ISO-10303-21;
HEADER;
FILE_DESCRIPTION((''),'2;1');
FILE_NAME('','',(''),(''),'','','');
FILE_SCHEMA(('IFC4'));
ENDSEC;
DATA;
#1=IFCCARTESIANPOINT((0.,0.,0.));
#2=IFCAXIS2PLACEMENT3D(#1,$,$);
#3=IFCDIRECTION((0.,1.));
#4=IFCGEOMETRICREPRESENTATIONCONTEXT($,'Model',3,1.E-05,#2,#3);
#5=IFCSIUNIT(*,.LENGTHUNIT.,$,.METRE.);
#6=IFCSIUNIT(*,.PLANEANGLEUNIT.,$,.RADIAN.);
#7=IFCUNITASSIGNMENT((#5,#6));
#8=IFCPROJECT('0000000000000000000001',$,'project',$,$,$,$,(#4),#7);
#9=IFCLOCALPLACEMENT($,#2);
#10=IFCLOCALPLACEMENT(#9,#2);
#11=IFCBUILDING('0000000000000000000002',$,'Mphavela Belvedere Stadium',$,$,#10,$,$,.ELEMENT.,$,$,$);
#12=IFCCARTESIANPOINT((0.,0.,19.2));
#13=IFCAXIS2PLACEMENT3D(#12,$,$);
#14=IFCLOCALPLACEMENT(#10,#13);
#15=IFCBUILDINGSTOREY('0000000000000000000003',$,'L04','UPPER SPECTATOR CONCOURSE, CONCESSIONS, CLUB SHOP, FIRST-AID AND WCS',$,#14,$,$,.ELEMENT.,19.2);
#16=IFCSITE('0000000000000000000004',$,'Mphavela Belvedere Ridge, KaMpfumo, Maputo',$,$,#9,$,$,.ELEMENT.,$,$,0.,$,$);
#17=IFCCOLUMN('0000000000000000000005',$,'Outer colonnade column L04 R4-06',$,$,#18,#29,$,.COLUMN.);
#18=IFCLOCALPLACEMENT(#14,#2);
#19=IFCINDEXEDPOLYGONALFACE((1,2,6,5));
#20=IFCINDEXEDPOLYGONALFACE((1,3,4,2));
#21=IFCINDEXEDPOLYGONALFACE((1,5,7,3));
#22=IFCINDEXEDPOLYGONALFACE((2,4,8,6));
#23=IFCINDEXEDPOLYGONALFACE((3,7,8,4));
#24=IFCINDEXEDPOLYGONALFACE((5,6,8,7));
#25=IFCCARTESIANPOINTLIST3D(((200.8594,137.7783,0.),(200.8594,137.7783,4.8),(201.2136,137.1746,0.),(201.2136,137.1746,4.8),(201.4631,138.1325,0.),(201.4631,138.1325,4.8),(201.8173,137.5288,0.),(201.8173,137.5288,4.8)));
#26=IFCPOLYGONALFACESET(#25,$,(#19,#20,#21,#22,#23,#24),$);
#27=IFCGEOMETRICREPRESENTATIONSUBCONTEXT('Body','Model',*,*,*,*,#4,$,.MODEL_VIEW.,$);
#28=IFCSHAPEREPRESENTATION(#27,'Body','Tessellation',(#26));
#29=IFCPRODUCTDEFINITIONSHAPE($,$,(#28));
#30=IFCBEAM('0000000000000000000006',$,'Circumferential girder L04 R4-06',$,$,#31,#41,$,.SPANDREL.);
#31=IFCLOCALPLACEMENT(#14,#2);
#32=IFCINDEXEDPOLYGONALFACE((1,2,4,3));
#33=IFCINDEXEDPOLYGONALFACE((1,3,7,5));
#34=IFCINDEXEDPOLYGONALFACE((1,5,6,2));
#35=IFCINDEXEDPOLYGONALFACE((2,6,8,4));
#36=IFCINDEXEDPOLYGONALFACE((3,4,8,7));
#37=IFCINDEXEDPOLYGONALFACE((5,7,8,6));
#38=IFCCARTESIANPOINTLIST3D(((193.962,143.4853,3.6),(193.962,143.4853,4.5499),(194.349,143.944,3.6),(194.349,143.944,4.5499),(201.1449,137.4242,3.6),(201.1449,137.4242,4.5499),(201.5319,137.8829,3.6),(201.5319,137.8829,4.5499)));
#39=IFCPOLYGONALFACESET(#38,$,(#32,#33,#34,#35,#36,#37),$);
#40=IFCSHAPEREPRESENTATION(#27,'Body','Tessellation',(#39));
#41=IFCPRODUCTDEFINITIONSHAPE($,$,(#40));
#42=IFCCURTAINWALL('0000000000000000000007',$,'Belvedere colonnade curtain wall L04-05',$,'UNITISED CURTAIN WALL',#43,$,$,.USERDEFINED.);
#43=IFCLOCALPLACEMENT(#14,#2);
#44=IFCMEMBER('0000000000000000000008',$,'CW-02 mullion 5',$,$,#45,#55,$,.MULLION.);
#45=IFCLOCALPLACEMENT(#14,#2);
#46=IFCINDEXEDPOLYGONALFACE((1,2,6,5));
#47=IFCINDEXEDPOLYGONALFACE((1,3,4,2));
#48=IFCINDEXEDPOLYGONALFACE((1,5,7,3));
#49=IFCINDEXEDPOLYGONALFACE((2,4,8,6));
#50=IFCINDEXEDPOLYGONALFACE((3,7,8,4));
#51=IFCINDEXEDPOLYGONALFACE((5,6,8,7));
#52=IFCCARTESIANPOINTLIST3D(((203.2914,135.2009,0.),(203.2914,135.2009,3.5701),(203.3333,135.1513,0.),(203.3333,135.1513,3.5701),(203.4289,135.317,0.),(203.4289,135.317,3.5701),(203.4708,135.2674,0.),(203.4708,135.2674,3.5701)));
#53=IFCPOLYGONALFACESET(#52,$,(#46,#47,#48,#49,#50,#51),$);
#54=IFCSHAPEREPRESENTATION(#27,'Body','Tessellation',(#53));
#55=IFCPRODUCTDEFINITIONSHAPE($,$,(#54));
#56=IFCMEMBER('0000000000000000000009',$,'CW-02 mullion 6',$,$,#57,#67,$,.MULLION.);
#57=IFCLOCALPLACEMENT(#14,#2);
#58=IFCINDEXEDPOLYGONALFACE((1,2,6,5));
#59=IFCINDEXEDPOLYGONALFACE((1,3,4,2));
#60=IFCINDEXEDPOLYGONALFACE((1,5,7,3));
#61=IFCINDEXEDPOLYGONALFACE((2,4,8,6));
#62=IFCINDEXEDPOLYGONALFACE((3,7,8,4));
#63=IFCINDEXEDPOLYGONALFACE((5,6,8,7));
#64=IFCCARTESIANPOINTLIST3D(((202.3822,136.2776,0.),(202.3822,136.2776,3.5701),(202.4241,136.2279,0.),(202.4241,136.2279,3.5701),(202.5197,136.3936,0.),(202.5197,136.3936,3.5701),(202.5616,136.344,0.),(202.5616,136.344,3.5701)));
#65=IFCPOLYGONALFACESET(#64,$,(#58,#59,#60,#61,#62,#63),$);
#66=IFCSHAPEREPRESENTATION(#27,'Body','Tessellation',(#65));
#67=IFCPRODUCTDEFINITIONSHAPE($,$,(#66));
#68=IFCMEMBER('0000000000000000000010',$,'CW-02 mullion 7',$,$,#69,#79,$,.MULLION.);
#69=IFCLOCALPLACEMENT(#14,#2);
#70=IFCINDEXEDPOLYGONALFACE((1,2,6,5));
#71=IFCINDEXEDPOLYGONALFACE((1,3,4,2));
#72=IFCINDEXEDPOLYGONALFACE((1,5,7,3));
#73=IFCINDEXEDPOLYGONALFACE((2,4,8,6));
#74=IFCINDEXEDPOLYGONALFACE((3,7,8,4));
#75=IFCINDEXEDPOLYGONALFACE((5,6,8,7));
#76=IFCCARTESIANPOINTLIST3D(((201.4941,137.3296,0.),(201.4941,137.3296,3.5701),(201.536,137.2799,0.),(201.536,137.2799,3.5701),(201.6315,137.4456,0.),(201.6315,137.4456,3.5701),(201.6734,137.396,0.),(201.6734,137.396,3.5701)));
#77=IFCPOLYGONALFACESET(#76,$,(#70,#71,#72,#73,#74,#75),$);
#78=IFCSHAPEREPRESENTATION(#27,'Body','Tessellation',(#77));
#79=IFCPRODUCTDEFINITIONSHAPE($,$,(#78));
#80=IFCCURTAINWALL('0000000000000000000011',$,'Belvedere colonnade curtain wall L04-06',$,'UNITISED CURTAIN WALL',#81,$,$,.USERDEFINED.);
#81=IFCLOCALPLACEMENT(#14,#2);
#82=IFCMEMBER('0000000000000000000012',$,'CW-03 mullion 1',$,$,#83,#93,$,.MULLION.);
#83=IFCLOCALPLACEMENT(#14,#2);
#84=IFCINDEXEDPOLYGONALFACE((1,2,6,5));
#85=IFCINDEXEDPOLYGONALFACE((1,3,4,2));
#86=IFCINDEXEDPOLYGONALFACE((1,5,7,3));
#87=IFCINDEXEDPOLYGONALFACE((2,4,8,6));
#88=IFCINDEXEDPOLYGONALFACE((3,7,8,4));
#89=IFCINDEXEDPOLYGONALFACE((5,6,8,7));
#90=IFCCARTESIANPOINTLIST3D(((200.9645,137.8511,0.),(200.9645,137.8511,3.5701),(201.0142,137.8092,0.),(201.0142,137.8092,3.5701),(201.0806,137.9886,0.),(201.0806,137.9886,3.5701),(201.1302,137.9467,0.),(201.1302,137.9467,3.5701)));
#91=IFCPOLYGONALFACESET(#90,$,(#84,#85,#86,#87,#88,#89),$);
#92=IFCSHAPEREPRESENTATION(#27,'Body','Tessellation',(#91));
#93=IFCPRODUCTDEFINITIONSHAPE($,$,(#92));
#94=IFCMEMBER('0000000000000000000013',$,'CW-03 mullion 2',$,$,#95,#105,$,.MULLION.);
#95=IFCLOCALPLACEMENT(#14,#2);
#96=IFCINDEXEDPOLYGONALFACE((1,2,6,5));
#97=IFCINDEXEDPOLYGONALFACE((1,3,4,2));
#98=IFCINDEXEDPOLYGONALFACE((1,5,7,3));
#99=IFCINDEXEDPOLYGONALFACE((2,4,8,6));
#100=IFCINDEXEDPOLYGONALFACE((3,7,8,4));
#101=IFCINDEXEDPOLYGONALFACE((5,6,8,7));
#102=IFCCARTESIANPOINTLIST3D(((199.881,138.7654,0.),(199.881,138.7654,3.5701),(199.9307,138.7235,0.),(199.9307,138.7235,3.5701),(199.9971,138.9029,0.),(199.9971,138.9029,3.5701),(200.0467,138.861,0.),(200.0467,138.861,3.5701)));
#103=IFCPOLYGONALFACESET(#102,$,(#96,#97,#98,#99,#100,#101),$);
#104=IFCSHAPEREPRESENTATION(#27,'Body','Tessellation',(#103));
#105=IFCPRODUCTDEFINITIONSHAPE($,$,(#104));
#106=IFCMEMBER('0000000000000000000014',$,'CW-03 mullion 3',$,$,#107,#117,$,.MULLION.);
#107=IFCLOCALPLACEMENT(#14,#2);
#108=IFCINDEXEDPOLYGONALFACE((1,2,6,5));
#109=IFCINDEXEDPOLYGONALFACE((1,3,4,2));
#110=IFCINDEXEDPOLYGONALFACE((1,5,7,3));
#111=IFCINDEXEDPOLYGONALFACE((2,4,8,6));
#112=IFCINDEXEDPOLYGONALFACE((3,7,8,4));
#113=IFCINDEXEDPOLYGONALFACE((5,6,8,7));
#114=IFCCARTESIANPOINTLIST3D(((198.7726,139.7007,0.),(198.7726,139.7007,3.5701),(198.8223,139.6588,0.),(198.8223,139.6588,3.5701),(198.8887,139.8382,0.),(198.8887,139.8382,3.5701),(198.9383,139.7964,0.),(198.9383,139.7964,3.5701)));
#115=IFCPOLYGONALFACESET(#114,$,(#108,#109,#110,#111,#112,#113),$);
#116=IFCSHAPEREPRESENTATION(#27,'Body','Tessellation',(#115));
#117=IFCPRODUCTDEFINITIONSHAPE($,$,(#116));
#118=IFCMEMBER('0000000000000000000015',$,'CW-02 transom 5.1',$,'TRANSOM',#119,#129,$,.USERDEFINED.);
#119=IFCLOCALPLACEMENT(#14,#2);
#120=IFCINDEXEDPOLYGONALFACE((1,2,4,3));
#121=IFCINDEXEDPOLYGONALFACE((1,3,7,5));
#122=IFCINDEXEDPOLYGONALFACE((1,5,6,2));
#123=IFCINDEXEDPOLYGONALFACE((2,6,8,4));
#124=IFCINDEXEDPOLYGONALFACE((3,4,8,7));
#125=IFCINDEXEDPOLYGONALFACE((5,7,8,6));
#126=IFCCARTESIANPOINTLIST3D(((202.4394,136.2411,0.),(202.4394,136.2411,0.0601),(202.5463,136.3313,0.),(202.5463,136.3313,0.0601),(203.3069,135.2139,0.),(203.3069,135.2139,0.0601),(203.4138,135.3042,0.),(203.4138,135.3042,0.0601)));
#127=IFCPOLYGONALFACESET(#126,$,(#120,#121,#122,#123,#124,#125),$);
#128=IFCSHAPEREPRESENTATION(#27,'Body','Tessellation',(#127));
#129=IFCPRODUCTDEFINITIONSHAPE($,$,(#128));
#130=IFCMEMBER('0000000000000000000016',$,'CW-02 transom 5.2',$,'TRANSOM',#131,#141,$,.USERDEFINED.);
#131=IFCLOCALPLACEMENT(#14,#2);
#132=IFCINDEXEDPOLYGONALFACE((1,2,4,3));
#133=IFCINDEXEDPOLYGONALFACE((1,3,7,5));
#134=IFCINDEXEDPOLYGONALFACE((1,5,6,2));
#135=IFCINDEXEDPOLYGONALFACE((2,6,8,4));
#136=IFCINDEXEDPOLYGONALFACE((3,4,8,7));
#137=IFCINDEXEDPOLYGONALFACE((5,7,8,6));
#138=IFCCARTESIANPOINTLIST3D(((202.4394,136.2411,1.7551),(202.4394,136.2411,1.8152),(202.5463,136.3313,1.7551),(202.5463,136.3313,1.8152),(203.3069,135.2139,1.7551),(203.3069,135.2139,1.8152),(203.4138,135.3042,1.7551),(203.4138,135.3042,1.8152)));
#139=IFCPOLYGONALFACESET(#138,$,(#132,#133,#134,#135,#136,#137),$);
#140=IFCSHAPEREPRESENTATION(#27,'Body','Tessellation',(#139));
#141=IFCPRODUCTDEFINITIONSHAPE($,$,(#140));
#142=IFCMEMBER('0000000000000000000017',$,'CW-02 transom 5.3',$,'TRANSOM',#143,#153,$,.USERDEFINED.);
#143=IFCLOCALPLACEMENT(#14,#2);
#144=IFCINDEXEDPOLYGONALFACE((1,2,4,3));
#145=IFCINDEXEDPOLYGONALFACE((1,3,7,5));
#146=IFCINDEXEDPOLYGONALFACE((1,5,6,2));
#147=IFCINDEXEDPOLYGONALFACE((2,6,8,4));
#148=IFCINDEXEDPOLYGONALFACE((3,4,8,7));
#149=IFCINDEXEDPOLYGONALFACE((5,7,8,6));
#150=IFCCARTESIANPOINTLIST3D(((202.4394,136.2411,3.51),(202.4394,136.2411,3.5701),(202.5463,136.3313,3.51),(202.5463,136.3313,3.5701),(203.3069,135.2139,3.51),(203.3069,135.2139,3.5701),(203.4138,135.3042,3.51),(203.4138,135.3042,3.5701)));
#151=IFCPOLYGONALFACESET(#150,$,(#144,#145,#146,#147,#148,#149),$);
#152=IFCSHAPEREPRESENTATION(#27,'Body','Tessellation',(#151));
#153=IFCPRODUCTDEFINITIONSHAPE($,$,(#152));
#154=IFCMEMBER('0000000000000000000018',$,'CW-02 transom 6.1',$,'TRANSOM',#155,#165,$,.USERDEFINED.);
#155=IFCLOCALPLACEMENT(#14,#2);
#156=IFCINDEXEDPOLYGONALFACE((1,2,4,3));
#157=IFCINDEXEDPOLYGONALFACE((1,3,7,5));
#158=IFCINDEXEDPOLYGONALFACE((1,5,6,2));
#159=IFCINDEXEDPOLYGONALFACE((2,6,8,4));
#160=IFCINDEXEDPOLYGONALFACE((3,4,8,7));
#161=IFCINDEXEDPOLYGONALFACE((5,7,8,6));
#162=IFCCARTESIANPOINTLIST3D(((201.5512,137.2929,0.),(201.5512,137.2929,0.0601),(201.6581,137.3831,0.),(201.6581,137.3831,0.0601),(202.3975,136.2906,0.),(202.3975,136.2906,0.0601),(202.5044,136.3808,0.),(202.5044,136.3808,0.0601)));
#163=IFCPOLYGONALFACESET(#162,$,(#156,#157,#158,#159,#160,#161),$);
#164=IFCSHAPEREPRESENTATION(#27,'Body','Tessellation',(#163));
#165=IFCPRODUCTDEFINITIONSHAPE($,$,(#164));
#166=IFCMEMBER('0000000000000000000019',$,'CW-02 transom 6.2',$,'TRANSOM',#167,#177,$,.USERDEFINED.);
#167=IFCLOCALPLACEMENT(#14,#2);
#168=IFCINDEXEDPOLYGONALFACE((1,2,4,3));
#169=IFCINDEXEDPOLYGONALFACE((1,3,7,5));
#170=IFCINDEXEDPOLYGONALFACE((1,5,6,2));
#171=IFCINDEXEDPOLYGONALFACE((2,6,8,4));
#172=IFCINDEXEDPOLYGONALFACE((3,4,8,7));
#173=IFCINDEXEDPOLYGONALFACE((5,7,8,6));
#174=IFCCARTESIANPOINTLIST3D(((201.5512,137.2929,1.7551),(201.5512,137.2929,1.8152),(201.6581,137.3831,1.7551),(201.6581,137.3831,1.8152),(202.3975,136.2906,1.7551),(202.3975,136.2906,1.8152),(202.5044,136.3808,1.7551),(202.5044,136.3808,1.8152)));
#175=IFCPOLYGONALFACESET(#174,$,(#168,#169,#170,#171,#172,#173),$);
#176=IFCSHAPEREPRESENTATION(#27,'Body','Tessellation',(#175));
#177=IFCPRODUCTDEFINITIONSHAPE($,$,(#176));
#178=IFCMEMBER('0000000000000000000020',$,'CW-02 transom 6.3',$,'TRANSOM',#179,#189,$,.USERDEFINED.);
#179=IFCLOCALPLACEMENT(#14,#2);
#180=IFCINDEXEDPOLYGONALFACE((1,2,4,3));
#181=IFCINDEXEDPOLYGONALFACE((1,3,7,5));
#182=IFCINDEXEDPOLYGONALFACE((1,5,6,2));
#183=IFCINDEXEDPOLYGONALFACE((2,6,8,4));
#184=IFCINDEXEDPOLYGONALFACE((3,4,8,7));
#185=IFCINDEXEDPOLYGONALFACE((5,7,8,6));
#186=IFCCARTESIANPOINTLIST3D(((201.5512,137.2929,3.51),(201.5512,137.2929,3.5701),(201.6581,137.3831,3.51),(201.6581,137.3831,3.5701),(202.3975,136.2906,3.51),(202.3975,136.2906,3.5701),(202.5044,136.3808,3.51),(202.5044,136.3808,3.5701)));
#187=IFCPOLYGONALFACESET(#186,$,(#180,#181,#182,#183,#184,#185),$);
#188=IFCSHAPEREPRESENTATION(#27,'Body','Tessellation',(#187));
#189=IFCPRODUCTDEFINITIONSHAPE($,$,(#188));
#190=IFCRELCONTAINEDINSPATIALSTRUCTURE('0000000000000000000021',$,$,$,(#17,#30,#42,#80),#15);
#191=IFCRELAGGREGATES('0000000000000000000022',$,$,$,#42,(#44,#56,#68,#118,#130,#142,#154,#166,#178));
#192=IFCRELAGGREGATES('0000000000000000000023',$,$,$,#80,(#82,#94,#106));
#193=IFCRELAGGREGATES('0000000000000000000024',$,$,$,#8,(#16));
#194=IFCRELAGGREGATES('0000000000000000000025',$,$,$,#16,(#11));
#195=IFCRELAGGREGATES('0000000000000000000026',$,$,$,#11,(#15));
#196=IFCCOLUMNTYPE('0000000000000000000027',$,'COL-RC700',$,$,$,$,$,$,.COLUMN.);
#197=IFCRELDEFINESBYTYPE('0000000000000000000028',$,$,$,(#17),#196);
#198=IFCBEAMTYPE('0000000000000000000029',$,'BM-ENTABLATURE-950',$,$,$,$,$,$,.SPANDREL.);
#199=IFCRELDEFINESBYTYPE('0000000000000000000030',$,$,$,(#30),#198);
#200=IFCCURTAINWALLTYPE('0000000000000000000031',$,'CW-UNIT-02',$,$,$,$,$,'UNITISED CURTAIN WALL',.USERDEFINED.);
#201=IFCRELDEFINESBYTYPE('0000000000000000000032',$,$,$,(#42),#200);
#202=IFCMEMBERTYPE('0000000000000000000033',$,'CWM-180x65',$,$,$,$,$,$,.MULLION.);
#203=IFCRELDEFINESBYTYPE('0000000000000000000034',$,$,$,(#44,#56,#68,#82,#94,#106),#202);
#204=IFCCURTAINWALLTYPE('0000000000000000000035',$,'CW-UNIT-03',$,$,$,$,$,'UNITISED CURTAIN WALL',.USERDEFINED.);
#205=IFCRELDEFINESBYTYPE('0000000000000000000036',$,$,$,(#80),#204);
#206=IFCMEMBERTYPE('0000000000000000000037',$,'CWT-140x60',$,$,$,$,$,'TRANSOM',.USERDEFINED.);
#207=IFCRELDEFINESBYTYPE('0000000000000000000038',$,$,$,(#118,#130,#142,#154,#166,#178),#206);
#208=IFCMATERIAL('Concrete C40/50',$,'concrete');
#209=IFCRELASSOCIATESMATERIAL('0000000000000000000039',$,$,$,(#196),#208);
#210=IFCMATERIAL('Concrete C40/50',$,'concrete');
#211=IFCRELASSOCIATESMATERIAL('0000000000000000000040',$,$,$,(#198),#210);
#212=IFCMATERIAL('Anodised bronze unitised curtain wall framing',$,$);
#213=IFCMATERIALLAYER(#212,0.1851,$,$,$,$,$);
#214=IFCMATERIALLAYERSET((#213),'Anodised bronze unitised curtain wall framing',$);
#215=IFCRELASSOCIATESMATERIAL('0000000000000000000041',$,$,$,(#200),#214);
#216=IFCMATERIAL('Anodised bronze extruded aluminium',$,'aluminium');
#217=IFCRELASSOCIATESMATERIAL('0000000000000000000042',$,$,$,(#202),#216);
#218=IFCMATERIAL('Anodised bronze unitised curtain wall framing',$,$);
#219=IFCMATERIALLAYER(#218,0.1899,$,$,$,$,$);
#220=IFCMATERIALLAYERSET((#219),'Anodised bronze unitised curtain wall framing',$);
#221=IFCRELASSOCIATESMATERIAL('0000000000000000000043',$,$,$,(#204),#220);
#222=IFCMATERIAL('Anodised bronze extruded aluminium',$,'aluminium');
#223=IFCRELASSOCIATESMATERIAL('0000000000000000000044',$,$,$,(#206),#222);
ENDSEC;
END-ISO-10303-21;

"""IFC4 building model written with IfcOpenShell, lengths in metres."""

from ifc_helpers import new_model, si_unit, direction, frame, origin, origin_2d, place, context, subcontext, project, spatial, rectangle, extrude, material, layer, layer_set, material_profile, profile_set, type_object, element, aggregate, save


model = new_model("IFC4")

# Units and contexts
model_context = context("Model", 3, precision=1e-05, world=origin(), true_north=direction((0.0, 1.0)))
body_context = subcontext(model_context, "Body", "Model", "MODEL_VIEW")
ifc_project = project(units=[si_unit("LENGTHUNIT", "METRE"), si_unit("PLANEANGLEUNIT", "RADIAN")], contexts=[model_context])

# Site, building, storey
site_placement = place(None, origin())
site = spatial("IfcSite", under=ifc_project, at=site_placement, Name="Mphavela Belvedere Ridge, KaMpfumo, Maputo", CompositionType="ELEMENT", RefElevation=0.0)
building_placement = place(site_placement, origin())
building = spatial("IfcBuilding", under=site, at=building_placement, Name="Mphavela Belvedere Stadium", CompositionType="ELEMENT")
storey_placement = place(building_placement, frame((0.0, 0.0, 19.2)))
storey = spatial("IfcBuildingStorey", under=building, at=storey_placement, Name="L04", Description="UPPER SPECTATOR CONCOURSE, CONCESSIONS, CLUB SHOP, FIRST-AID AND WCS", CompositionType="ELEMENT", Elevation=19.2)

# Column
ifc_material_1 = material(Name="Concrete C40/50", Category="concrete")
ifc_material_profile_1 = material_profile(ifc_material_1, rectangle(XDim=0.7, YDim=0.7, at=origin_2d()), Name="RC 700x700")
ifc_profile_set_1 = profile_set([ifc_material_profile_1], Name="Concrete C40/50")
column_type = type_object("IfcColumnType", Name="COL-RC700", PredefinedType="COLUMN", material=ifc_profile_set_1)
column_placement = place(storey_placement, frame((201.3384, 137.6536, 0.0), z_axis=(0.0, 0.0, 1.0), x_axis=(0.862514, 0.506034, 0.0)))
element("IfcColumn", 1, at=column_placement, inside=storey, type_object=column_type, Name="Outer colonnade column L04 R4-06", PredefinedType="COLUMN", context=body_context, shape_type="SweptSolid", body=[
    extrude(rectangle(XDim=0.7, YDim=0.7, at=origin_2d()), origin(), (0.0, 0.0, 1.0), 4.8),
])

# Beam
ifc_material_2 = material(Name="Concrete C40/50", Category="concrete")
ifc_material_profile_2 = material_profile(ifc_material_2, rectangle(XDim=0.6001, YDim=0.95, at=origin_2d()), Name="RC 600x950")
ifc_profile_set_2 = profile_set([ifc_material_profile_2], Name="Concrete C40/50")
beam_type = type_object("IfcBeamType", Name="BM-ENTABLATURE-950", PredefinedType="SPANDREL", material=ifc_profile_set_2)
beam_placement = place(storey_placement, frame((201.3384, 137.6536, 4.075), z_axis=(-0.764265, 0.644902, 0.0), x_axis=(-0.644902, -0.764265, 0.0)))
element("IfcBeam", 2, at=beam_placement, inside=storey, type_object=beam_type, Name="Circumferential girder L04 R4-06", PredefinedType="SPANDREL", context=body_context, shape_type="SweptSolid", body=[
    extrude(rectangle(XDim=0.6001, YDim=0.95, at=origin_2d()), origin(), (0.0, 0.0, 1.0), 9.3984),
])

# Curtain walls, members
ifc_material_3 = material(Name="Anodised bronze unitised curtain wall framing")
ifc_layer_1 = layer(ifc_material_3, 0.1851)
ifc_layer_set_1 = layer_set([ifc_layer_1], Name="Anodised bronze unitised curtain wall framing")
curtain_wall_type_1 = type_object("IfcCurtainWallType", Name="CW-UNIT-02", ElementType="UNITISED CURTAIN WALL", PredefinedType="USERDEFINED", material=ifc_layer_set_1)
curtain_wall_1_placement = place(storey_placement, origin())
curtain_wall_1 = element("IfcCurtainWall", 3, at=curtain_wall_1_placement, inside=storey, type_object=curtain_wall_type_1, Name="Belvedere colonnade curtain wall L04-05", ObjectType="UNITISED CURTAIN WALL", PredefinedType="USERDEFINED")
ifc_material_4 = material(Name="Anodised bronze extruded aluminium", Category="aluminium")
ifc_material_profile_3 = material_profile(ifc_material_4, rectangle(XDim=0.1799, YDim=0.0649, at=origin_2d()), Name="CW-MUL 180x65")
ifc_profile_set_3 = profile_set([ifc_material_profile_3], Name="Anodised bronze extruded aluminium")
member_type_1 = type_object("IfcMemberType", Name="CWM-180x65", PredefinedType="MULLION", material=ifc_profile_set_3)
member_1_placement = place(storey_placement, frame((203.3811, 135.2341, 0.0), z_axis=(0.0, 0.0, 1.0), x_axis=(-0.764035, -0.645175, 0.0)))
member_1 = element("IfcMember", 4, at=member_1_placement, type_object=member_type_1, Name="CW-02 mullion 5", PredefinedType="MULLION", context=body_context, shape_type="SweptSolid", body=[
    extrude(rectangle(XDim=0.1799, YDim=0.0649, at=origin_2d()), origin(), (0.0, 0.0, 1.0), 3.5701),
])
member_2_placement = place(storey_placement, frame((202.4719, 136.3108, 0.0), z_axis=(0.0, 0.0, 1.0), x_axis=(-0.764035, -0.645175, 0.0)))
member_2 = element("IfcMember", 5, at=member_2_placement, type_object=member_type_1, Name="CW-02 mullion 6", PredefinedType="MULLION", context=body_context, shape_type="SweptSolid", body=[
    extrude(rectangle(XDim=0.1799, YDim=0.0649, at=origin_2d()), origin(), (0.0, 0.0, 1.0), 3.5701),
])
member_3_placement = place(storey_placement, frame((201.5837, 137.3628, 0.0), z_axis=(0.0, 0.0, 1.0), x_axis=(-0.764035, -0.645175, 0.0)))
member_3 = element("IfcMember", 6, at=member_3_placement, type_object=member_type_1, Name="CW-02 mullion 7", PredefinedType="MULLION", context=body_context, shape_type="SweptSolid", body=[
    extrude(rectangle(XDim=0.1799, YDim=0.0649, at=origin_2d()), origin(), (0.0, 0.0, 1.0), 3.5701),
])
ifc_material_5 = material(Name="Anodised bronze unitised curtain wall framing")
ifc_layer_2 = layer(ifc_material_5, 0.1899)
ifc_layer_set_2 = layer_set([ifc_layer_2], Name="Anodised bronze unitised curtain wall framing")
curtain_wall_type_2 = type_object("IfcCurtainWallType", Name="CW-UNIT-03", ElementType="UNITISED CURTAIN WALL", PredefinedType="USERDEFINED", material=ifc_layer_set_2)
curtain_wall_2_placement = place(storey_placement, origin())
curtain_wall_2 = element("IfcCurtainWall", 7, at=curtain_wall_2_placement, inside=storey, type_object=curtain_wall_type_2, Name="Belvedere colonnade curtain wall L04-06", ObjectType="UNITISED CURTAIN WALL", PredefinedType="USERDEFINED")
member_4_placement = place(storey_placement, frame((201.0474, 137.8989, 0.0), z_axis=(0.0, 0.0, 1.0), x_axis=(-0.644916, -0.764253, 0.0)))
member_4 = element("IfcMember", 8, at=member_4_placement, type_object=member_type_1, Name="CW-03 mullion 1", PredefinedType="MULLION", context=body_context, shape_type="SweptSolid", body=[
    extrude(rectangle(XDim=0.1799, YDim=0.0649, at=origin_2d()), origin(), (0.0, 0.0, 1.0), 3.5701),
])
member_5_placement = place(storey_placement, frame((199.9639, 138.8132, 0.0), z_axis=(0.0, 0.0, 1.0), x_axis=(-0.644916, -0.764253, 0.0)))
member_5 = element("IfcMember", 9, at=member_5_placement, type_object=member_type_1, Name="CW-03 mullion 2", PredefinedType="MULLION", context=body_context, shape_type="SweptSolid", body=[
    extrude(rectangle(XDim=0.1799, YDim=0.0649, at=origin_2d()), origin(), (0.0, 0.0, 1.0), 3.5701),
])
member_6_placement = place(storey_placement, frame((198.8555, 139.7485, 0.0), z_axis=(0.0, 0.0, 1.0), x_axis=(-0.644916, -0.764253, 0.0)))
member_6 = element("IfcMember", 10, at=member_6_placement, type_object=member_type_1, Name="CW-03 mullion 3", PredefinedType="MULLION", context=body_context, shape_type="SweptSolid", body=[
    extrude(rectangle(XDim=0.1799, YDim=0.0649, at=origin_2d()), origin(), (0.0, 0.0, 1.0), 3.5701),
])

# Members
ifc_material_6 = material(Name="Anodised bronze extruded aluminium", Category="aluminium")
ifc_material_profile_4 = material_profile(ifc_material_6, rectangle(XDim=0.1399, YDim=0.0601, at=origin_2d()), Name="CW-TRN 140x60")
ifc_profile_set_4 = profile_set([ifc_material_profile_4], Name="Anodised bronze extruded aluminium")
member_type_2 = type_object("IfcMemberType", Name="CWT-140x60", ElementType="TRANSOM", PredefinedType="USERDEFINED", material=ifc_profile_set_4)
member_7_placement = place(storey_placement, frame((203.3604, 135.259, 0.03), z_axis=(-0.645226, 0.763992, 0.0), x_axis=(-0.763992, -0.645226, 0.0)))
member_7 = element("IfcMember", 11, at=member_7_placement, type_object=member_type_2, Name="CW-02 transom 5.1", ObjectType="TRANSOM", PredefinedType="USERDEFINED", context=body_context, shape_type="SweptSolid", body=[
    extrude(rectangle(XDim=0.1399, YDim=0.0601, at=origin_2d()), origin(), (0.0, 0.0, 1.0), 1.3445),
])
member_8_placement = place(storey_placement, frame((203.3604, 135.259, 1.7852), z_axis=(-0.645226, 0.763992, 0.0), x_axis=(-0.763992, -0.645226, 0.0)))
member_8 = element("IfcMember", 12, at=member_8_placement, type_object=member_type_2, Name="CW-02 transom 5.2", ObjectType="TRANSOM", PredefinedType="USERDEFINED", context=body_context, shape_type="SweptSolid", body=[
    extrude(rectangle(XDim=0.1399, YDim=0.0601, at=origin_2d()), origin(), (0.0, 0.0, 1.0), 1.3445),
])
member_9_placement = place(storey_placement, frame((203.3604, 135.259, 3.54), z_axis=(-0.645226, 0.763992, 0.0), x_axis=(-0.763992, -0.645226, 0.0)))
member_9 = element("IfcMember", 13, at=member_9_placement, type_object=member_type_2, Name="CW-02 transom 5.3", ObjectType="TRANSOM", PredefinedType="USERDEFINED", context=body_context, shape_type="SweptSolid", body=[
    extrude(rectangle(XDim=0.1399, YDim=0.0601, at=origin_2d()), origin(), (0.0, 0.0, 1.0), 1.3445),
])
member_10_placement = place(storey_placement, frame((202.4509, 136.3357, 0.03), z_axis=(-0.645133, 0.764071, 0.0), x_axis=(-0.764071, -0.645133, 0.0)))
member_10 = element("IfcMember", 14, at=member_10_placement, type_object=member_type_2, Name="CW-02 transom 6.1", ObjectType="TRANSOM", PredefinedType="USERDEFINED", context=body_context, shape_type="SweptSolid", body=[
    extrude(rectangle(XDim=0.1399, YDim=0.0601, at=origin_2d()), origin(), (0.0, 0.0, 1.0), 1.3118),
])
member_11_placement = place(storey_placement, frame((202.4509, 136.3357, 1.7852), z_axis=(-0.645133, 0.764071, 0.0), x_axis=(-0.764071, -0.645133, 0.0)))
member_11 = element("IfcMember", 15, at=member_11_placement, type_object=member_type_2, Name="CW-02 transom 6.2", ObjectType="TRANSOM", PredefinedType="USERDEFINED", context=body_context, shape_type="SweptSolid", body=[
    extrude(rectangle(XDim=0.1399, YDim=0.0601, at=origin_2d()), origin(), (0.0, 0.0, 1.0), 1.3118),
])
member_12_placement = place(storey_placement, frame((202.4509, 136.3357, 3.54), z_axis=(-0.645133, 0.764071, 0.0), x_axis=(-0.764071, -0.645133, 0.0)))
member_12 = element("IfcMember", 16, at=member_12_placement, type_object=member_type_2, Name="CW-02 transom 6.3", ObjectType="TRANSOM", PredefinedType="USERDEFINED", context=body_context, shape_type="SweptSolid", body=[
    extrude(rectangle(XDim=0.1399, YDim=0.0601, at=origin_2d()), origin(), (0.0, 0.0, 1.0), 1.3118),
])

aggregate(curtain_wall_1, [member_1, member_2, member_3, member_7, member_8, member_9, member_10, member_11, member_12])
aggregate(curtain_wall_2, [member_4, member_5, member_6])

save(model, "model.ifc")
